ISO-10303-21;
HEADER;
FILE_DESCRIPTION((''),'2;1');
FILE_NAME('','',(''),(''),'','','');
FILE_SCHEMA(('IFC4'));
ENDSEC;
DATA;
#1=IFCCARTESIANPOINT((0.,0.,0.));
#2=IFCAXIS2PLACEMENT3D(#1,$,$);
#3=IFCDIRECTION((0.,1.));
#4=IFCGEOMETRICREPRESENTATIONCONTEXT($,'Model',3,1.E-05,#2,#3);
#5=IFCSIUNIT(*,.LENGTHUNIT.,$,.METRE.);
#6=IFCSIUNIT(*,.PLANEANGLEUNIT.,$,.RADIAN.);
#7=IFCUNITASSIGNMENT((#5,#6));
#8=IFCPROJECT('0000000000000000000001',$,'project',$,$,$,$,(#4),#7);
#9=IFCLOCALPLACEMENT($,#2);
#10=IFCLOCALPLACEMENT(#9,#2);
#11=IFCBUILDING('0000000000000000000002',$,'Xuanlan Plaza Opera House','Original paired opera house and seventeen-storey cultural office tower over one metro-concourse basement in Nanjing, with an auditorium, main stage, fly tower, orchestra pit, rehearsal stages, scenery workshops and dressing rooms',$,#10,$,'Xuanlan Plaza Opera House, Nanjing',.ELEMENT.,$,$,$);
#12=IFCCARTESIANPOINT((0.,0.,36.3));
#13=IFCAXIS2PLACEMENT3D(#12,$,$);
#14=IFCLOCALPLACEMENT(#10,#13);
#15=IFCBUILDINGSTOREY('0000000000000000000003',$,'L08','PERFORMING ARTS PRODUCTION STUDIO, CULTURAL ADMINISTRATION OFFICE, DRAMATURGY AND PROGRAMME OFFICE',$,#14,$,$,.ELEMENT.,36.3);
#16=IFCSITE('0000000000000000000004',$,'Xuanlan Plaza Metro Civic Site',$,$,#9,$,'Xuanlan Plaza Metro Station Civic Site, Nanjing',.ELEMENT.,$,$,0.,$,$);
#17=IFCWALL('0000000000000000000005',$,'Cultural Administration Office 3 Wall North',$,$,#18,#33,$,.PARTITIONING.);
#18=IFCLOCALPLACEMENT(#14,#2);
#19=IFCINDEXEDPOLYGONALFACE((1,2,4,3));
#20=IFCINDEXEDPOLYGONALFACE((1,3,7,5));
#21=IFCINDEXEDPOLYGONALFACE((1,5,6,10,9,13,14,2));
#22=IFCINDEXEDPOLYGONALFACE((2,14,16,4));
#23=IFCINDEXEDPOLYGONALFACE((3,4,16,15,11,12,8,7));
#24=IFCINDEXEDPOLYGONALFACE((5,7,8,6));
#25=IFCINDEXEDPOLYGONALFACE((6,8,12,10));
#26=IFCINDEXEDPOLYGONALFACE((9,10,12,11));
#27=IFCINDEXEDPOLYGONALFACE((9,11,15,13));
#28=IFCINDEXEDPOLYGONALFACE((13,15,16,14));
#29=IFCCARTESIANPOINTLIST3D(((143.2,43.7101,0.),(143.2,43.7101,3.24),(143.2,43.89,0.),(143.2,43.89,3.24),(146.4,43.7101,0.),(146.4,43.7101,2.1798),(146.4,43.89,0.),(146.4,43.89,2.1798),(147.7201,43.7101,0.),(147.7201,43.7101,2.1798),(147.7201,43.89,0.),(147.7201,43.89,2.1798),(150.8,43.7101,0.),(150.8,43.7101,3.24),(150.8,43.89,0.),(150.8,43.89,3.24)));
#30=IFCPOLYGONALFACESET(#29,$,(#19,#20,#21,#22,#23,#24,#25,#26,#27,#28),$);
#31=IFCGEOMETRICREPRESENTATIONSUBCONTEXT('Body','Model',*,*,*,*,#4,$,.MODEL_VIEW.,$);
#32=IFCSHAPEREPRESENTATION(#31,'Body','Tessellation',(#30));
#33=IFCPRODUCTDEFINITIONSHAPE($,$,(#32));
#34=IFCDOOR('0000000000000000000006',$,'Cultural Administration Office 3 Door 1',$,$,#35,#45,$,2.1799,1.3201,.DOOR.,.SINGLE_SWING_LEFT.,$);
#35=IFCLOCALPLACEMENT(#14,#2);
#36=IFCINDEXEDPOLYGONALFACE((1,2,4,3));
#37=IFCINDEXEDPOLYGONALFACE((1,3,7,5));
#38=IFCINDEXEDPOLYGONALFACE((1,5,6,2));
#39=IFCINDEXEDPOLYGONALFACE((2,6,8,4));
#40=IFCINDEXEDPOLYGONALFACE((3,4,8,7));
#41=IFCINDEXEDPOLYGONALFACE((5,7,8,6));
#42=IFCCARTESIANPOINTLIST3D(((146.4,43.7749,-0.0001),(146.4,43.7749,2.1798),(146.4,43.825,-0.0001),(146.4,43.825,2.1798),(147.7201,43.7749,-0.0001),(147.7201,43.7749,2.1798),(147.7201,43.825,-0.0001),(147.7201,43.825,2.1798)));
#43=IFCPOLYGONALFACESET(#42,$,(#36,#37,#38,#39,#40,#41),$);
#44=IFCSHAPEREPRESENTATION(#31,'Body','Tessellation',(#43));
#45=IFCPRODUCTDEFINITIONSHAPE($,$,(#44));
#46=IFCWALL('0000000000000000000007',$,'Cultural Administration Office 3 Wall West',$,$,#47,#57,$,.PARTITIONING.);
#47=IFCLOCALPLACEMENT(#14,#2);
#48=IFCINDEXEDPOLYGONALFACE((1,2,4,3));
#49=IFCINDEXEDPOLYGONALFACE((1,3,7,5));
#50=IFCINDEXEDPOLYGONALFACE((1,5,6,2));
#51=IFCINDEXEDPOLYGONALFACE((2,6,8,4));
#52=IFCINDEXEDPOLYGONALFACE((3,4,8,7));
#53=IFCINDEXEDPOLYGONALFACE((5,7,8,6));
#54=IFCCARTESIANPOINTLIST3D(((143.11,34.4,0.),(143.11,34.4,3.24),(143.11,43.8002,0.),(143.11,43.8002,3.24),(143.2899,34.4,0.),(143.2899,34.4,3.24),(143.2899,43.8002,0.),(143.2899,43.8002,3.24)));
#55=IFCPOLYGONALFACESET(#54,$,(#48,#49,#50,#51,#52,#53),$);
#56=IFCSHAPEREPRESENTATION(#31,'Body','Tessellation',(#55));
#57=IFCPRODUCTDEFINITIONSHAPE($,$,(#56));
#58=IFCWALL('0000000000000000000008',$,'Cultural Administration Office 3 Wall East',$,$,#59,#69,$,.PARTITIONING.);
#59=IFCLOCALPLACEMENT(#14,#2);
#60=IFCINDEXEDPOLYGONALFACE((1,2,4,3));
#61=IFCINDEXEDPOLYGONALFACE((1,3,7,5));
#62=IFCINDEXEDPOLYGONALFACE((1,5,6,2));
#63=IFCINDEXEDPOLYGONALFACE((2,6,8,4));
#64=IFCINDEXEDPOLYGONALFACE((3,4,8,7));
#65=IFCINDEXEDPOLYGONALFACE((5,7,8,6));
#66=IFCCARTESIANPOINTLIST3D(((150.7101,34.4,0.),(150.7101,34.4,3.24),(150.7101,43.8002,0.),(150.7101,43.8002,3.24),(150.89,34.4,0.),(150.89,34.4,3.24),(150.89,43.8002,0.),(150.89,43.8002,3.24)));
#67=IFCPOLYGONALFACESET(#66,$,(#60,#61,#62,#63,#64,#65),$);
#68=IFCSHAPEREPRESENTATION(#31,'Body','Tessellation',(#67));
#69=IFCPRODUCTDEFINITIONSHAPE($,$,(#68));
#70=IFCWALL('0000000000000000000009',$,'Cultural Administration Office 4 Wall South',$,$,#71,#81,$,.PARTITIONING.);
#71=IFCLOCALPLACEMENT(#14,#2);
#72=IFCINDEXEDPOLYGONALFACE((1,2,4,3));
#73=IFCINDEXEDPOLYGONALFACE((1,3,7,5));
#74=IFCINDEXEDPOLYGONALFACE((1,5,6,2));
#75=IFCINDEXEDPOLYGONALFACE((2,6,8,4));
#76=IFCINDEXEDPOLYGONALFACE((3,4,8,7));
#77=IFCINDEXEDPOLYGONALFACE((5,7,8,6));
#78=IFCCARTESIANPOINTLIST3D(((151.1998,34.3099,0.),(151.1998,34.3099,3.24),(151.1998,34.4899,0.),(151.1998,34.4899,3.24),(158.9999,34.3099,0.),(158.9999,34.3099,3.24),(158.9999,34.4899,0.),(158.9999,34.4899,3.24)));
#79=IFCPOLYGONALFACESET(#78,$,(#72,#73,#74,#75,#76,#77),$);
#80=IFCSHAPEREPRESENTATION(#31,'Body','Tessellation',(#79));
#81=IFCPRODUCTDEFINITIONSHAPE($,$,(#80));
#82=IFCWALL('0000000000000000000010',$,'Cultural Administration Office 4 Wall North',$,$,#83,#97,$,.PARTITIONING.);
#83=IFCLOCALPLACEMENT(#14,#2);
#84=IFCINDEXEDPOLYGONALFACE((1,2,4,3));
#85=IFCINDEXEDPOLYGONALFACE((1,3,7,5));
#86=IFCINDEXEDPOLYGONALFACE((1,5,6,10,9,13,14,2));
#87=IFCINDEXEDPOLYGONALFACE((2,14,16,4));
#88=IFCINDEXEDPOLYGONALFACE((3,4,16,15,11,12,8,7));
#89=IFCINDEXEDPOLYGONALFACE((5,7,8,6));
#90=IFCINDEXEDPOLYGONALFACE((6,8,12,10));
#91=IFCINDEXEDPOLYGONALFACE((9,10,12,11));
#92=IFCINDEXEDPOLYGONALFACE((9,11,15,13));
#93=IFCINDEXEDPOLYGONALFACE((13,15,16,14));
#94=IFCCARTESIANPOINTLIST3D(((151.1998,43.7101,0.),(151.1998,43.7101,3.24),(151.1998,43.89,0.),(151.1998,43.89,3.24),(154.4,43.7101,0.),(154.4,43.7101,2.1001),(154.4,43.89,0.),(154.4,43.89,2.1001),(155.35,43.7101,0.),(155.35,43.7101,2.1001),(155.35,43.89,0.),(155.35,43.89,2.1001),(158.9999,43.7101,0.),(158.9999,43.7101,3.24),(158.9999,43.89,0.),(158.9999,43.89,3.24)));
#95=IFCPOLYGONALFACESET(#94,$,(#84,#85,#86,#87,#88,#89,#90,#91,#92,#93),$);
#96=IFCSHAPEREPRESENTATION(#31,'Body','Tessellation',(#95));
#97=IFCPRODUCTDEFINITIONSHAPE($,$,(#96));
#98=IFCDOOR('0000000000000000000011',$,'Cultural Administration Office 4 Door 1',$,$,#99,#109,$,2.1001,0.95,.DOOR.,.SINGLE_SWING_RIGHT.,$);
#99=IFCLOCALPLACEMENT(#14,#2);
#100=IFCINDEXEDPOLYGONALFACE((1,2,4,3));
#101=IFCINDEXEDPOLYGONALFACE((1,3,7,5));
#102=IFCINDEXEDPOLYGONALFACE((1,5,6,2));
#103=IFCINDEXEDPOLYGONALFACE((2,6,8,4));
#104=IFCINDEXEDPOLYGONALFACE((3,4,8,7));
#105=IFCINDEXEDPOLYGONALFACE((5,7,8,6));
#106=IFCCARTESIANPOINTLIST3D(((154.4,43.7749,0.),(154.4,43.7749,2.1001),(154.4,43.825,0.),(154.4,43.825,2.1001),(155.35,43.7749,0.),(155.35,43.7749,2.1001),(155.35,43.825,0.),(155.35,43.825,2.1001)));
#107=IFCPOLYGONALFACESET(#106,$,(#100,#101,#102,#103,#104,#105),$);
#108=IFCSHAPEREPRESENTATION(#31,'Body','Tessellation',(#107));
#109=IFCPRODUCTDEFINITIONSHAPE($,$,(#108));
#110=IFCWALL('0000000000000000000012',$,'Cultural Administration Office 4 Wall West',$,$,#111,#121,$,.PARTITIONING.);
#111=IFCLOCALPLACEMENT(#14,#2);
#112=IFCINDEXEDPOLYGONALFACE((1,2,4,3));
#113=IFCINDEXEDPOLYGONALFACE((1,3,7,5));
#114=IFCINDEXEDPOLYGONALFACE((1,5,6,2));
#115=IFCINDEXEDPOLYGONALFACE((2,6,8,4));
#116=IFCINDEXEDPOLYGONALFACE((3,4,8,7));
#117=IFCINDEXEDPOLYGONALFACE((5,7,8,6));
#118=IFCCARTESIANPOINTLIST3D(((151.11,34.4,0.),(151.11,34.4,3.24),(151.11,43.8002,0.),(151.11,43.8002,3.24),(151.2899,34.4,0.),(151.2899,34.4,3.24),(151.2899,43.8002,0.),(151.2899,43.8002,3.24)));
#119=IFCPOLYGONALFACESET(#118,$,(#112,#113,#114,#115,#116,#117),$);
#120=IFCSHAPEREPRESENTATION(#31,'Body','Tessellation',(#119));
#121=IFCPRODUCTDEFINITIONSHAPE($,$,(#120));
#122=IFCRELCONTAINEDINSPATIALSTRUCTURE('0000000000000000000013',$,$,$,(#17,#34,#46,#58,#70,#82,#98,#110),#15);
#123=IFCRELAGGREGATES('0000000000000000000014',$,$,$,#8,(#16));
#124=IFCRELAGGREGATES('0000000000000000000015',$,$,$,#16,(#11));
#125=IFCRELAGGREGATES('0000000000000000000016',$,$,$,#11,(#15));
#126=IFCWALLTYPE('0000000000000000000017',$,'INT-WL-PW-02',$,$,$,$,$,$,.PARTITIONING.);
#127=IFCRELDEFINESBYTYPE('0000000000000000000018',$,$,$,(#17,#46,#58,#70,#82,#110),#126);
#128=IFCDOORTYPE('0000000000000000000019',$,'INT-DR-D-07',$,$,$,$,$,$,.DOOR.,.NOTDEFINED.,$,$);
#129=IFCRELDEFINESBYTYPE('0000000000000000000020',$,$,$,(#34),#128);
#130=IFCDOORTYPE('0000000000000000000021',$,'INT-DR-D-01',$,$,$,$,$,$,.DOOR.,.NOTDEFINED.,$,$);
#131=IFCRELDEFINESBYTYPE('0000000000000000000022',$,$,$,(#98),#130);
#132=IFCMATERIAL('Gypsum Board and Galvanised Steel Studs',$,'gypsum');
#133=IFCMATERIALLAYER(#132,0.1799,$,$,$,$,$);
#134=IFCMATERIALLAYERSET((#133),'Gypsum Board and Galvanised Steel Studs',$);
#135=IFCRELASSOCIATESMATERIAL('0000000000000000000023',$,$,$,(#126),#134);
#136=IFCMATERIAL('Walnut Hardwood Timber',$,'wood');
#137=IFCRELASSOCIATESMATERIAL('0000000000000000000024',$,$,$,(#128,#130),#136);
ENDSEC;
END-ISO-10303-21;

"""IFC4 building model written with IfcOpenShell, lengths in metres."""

from ifc_helpers import new_model, si_unit, direction, frame, frame_2d, origin, place, context, subcontext, project, spatial, rectangle, extrude, material, layer, layer_set, type_object, element, fill, save


model = new_model("IFC4")

# Units and contexts
model_context = context("Model", 3, precision=1e-05, world=origin(), true_north=direction((0.0, 1.0)))
body_context = subcontext(model_context, "Body", "Model", "MODEL_VIEW")
ifc_project = project(units=[si_unit("LENGTHUNIT", "METRE"), si_unit("PLANEANGLEUNIT", "RADIAN")], contexts=[model_context])

# Site, building, storey
site_placement = place(None, origin())
site = spatial("IfcSite", under=ifc_project, at=site_placement, Name="Xuanlan Plaza Metro Civic Site", LongName="Xuanlan Plaza Metro Station Civic Site, Nanjing", CompositionType="ELEMENT", RefElevation=0.0)
building_placement = place(site_placement, origin())
building = spatial("IfcBuilding", under=site, at=building_placement, Name="Xuanlan Plaza Opera House", Description="Original paired opera house and seventeen-storey cultural office tower over one metro-concourse basement in Nanjing, with an auditorium, main stage, fly tower, orchestra pit, rehearsal stages, scenery workshops and dressing rooms", LongName="Xuanlan Plaza Opera House, Nanjing", CompositionType="ELEMENT")
storey_placement = place(building_placement, frame((0.0, 0.0, 36.3)))
storey = spatial("IfcBuildingStorey", under=building, at=storey_placement, Name="L08", Description="PERFORMING ARTS PRODUCTION STUDIO, CULTURAL ADMINISTRATION OFFICE, DRAMATURGY AND PROGRAMME OFFICE", CompositionType="ELEMENT", Elevation=36.3)

# Shared definitions
ifc_material_1 = material(Name="Gypsum Board and Galvanised Steel Studs", Category="gypsum")
ifc_layer_1 = layer(ifc_material_1, 0.1799)
ifc_layer_set_1 = layer_set([ifc_layer_1], Name="Gypsum Board and Galvanised Steel Studs")
wall_type = type_object("IfcWallType", Name="INT-WL-PW-02", PredefinedType="PARTITIONING", material=ifc_layer_set_1)

# Shared definitions
ifc_material_2 = material(Name="Walnut Hardwood Timber", Category="wood")

# Wall, opening, door
wall_1_placement = place(storey_placement, frame((143.2, 43.8, 0.0), z_axis=(0.0, 0.0, 1.0), x_axis=(1.0, 0.0, 0.0)))
wall_1 = element("IfcWall", 1, at=wall_1_placement, inside=storey, type_object=wall_type, Name="Cultural Administration Office 3 Wall North", PredefinedType="PARTITIONING", context=body_context, shape_type="SweptSolid", body=[
    extrude(rectangle(XDim=7.6001, YDim=0.1799, at=frame_2d((3.8, 0.0))), origin(), (0.0, 0.0, 1.0), 3.24),
])
opening_1_placement = place(wall_1_placement, frame((3.2, 0.0, 0.0)))
opening_1 = element("IfcOpeningElement", 2, at=opening_1_placement, cuts=wall_1, PredefinedType="OPENING", context=body_context, shape_type="SweptSolid", body=[
    extrude(rectangle(XDim=1.3201, YDim=2.1799, at=frame_2d((0.6602, 1.0898))), frame((0.0, 0.0999, 0.0), z_axis=(0.0, -1.0, 0.0), x_axis=(1.0, 0.0, 0.0)), (0.0, 0.0, 1.0), 0.2),
])
door_type_1 = type_object("IfcDoorType", Name="INT-DR-D-07", OperationType="NOTDEFINED", PredefinedType="DOOR", material=ifc_material_2)
door_1_placement = place(opening_1_placement, origin())
door_1 = element("IfcDoor", 3, at=door_1_placement, inside=storey, type_object=door_type_1, Name="Cultural Administration Office 3 Door 1", OperationType="SINGLE_SWING_LEFT", OverallHeight=2.1799, OverallWidth=1.3201, PredefinedType="DOOR", context=body_context, shape_type="SweptSolid", body=[
    extrude(rectangle(XDim=1.3201, YDim=2.1799, at=frame_2d((0.6602, 1.0898))), frame((0.0, 0.0249, 0.0), z_axis=(0.0, -1.0, 0.0), x_axis=(1.0, 0.0, 0.0)), (0.0, 0.0, 1.0), 0.05),
])
fill(opening_1, door_1)

# Walls
for number, where, z_axis, x_axis, name in (
    (4, (143.2, 34.3999, 0.0), (0.0, 0.0, 1.0), (0.0, 1.0, 0.0), "Cultural Administration Office 3 Wall West"),
    (5, (150.8, 34.3999, 0.0), (0.0, 0.0, 1.0), (0.0, 1.0, 0.0), "Cultural Administration Office 3 Wall East"),
):
    element("IfcWall", number, at=place(storey_placement, frame(where, z_axis=z_axis, x_axis=x_axis)), inside=storey, type_object=wall_type, Name=name, PredefinedType="PARTITIONING", context=body_context, shape_type="SweptSolid", body=[
        extrude(rectangle(XDim=9.4001, YDim=0.1799, at=frame_2d((4.7002, 0.0))), origin(), (0.0, 0.0, 1.0), 3.24),
    ])
wall_2_placement = place(storey_placement, frame((151.2, 34.3999, 0.0), z_axis=(0.0, 0.0, 1.0), x_axis=(1.0, 0.0, 0.0)))
element("IfcWall", 6, at=wall_2_placement, inside=storey, type_object=wall_type, Name="Cultural Administration Office 4 Wall South", PredefinedType="PARTITIONING", context=body_context, shape_type="SweptSolid", body=[
    extrude(rectangle(XDim=7.8, YDim=0.1799, at=frame_2d((3.8999, 0.0))), origin(), (0.0, 0.0, 1.0), 3.24),
])

# Wall, opening, door
wall_3_placement = place(storey_placement, frame((151.2, 43.8, 0.0), z_axis=(0.0, 0.0, 1.0), x_axis=(1.0, 0.0, 0.0)))
wall_3 = element("IfcWall", 7, at=wall_3_placement, inside=storey, type_object=wall_type, Name="Cultural Administration Office 4 Wall North", PredefinedType="PARTITIONING", context=body_context, shape_type="SweptSolid", body=[
    extrude(rectangle(XDim=7.8, YDim=0.1799, at=frame_2d((3.8999, 0.0))), origin(), (0.0, 0.0, 1.0), 3.24),
])
opening_2_placement = place(wall_3_placement, frame((3.2, 0.0, 0.0)))
opening_2 = element("IfcOpeningElement", 8, at=opening_2_placement, cuts=wall_3, PredefinedType="OPENING", context=body_context, shape_type="SweptSolid", body=[
    extrude(rectangle(XDim=0.95, YDim=2.1001, at=frame_2d((0.4751, 1.05))), frame((0.0, 0.0999, 0.0), z_axis=(0.0, -1.0, 0.0), x_axis=(1.0, 0.0, 0.0)), (0.0, 0.0, 1.0), 0.2),
])
door_type_2 = type_object("IfcDoorType", Name="INT-DR-D-01", OperationType="NOTDEFINED", PredefinedType="DOOR", material=ifc_material_2)
door_2_placement = place(opening_2_placement, origin())
door_2 = element("IfcDoor", 9, at=door_2_placement, inside=storey, type_object=door_type_2, Name="Cultural Administration Office 4 Door 1", OperationType="SINGLE_SWING_RIGHT", OverallHeight=2.1001, OverallWidth=0.95, PredefinedType="DOOR", context=body_context, shape_type="SweptSolid", body=[
    extrude(rectangle(XDim=0.95, YDim=2.1001, at=frame_2d((0.4751, 1.05))), frame((0.0, 0.0249, 0.0), z_axis=(0.0, -1.0, 0.0), x_axis=(1.0, 0.0, 0.0)), (0.0, 0.0, 1.0), 0.05),
])
fill(opening_2, door_2)

# Wall
wall_4_placement = place(storey_placement, frame((151.2, 34.3999, 0.0), z_axis=(0.0, 0.0, 1.0), x_axis=(0.0, 1.0, 0.0)))
element("IfcWall", 10, at=wall_4_placement, inside=storey, type_object=wall_type, Name="Cultural Administration Office 4 Wall West", PredefinedType="PARTITIONING", context=body_context, shape_type="SweptSolid", body=[
    extrude(rectangle(XDim=9.4001, YDim=0.1799, at=frame_2d((4.7002, 0.0))), origin(), (0.0, 0.0, 1.0), 3.24),
])

save(model, "model.ifc")
